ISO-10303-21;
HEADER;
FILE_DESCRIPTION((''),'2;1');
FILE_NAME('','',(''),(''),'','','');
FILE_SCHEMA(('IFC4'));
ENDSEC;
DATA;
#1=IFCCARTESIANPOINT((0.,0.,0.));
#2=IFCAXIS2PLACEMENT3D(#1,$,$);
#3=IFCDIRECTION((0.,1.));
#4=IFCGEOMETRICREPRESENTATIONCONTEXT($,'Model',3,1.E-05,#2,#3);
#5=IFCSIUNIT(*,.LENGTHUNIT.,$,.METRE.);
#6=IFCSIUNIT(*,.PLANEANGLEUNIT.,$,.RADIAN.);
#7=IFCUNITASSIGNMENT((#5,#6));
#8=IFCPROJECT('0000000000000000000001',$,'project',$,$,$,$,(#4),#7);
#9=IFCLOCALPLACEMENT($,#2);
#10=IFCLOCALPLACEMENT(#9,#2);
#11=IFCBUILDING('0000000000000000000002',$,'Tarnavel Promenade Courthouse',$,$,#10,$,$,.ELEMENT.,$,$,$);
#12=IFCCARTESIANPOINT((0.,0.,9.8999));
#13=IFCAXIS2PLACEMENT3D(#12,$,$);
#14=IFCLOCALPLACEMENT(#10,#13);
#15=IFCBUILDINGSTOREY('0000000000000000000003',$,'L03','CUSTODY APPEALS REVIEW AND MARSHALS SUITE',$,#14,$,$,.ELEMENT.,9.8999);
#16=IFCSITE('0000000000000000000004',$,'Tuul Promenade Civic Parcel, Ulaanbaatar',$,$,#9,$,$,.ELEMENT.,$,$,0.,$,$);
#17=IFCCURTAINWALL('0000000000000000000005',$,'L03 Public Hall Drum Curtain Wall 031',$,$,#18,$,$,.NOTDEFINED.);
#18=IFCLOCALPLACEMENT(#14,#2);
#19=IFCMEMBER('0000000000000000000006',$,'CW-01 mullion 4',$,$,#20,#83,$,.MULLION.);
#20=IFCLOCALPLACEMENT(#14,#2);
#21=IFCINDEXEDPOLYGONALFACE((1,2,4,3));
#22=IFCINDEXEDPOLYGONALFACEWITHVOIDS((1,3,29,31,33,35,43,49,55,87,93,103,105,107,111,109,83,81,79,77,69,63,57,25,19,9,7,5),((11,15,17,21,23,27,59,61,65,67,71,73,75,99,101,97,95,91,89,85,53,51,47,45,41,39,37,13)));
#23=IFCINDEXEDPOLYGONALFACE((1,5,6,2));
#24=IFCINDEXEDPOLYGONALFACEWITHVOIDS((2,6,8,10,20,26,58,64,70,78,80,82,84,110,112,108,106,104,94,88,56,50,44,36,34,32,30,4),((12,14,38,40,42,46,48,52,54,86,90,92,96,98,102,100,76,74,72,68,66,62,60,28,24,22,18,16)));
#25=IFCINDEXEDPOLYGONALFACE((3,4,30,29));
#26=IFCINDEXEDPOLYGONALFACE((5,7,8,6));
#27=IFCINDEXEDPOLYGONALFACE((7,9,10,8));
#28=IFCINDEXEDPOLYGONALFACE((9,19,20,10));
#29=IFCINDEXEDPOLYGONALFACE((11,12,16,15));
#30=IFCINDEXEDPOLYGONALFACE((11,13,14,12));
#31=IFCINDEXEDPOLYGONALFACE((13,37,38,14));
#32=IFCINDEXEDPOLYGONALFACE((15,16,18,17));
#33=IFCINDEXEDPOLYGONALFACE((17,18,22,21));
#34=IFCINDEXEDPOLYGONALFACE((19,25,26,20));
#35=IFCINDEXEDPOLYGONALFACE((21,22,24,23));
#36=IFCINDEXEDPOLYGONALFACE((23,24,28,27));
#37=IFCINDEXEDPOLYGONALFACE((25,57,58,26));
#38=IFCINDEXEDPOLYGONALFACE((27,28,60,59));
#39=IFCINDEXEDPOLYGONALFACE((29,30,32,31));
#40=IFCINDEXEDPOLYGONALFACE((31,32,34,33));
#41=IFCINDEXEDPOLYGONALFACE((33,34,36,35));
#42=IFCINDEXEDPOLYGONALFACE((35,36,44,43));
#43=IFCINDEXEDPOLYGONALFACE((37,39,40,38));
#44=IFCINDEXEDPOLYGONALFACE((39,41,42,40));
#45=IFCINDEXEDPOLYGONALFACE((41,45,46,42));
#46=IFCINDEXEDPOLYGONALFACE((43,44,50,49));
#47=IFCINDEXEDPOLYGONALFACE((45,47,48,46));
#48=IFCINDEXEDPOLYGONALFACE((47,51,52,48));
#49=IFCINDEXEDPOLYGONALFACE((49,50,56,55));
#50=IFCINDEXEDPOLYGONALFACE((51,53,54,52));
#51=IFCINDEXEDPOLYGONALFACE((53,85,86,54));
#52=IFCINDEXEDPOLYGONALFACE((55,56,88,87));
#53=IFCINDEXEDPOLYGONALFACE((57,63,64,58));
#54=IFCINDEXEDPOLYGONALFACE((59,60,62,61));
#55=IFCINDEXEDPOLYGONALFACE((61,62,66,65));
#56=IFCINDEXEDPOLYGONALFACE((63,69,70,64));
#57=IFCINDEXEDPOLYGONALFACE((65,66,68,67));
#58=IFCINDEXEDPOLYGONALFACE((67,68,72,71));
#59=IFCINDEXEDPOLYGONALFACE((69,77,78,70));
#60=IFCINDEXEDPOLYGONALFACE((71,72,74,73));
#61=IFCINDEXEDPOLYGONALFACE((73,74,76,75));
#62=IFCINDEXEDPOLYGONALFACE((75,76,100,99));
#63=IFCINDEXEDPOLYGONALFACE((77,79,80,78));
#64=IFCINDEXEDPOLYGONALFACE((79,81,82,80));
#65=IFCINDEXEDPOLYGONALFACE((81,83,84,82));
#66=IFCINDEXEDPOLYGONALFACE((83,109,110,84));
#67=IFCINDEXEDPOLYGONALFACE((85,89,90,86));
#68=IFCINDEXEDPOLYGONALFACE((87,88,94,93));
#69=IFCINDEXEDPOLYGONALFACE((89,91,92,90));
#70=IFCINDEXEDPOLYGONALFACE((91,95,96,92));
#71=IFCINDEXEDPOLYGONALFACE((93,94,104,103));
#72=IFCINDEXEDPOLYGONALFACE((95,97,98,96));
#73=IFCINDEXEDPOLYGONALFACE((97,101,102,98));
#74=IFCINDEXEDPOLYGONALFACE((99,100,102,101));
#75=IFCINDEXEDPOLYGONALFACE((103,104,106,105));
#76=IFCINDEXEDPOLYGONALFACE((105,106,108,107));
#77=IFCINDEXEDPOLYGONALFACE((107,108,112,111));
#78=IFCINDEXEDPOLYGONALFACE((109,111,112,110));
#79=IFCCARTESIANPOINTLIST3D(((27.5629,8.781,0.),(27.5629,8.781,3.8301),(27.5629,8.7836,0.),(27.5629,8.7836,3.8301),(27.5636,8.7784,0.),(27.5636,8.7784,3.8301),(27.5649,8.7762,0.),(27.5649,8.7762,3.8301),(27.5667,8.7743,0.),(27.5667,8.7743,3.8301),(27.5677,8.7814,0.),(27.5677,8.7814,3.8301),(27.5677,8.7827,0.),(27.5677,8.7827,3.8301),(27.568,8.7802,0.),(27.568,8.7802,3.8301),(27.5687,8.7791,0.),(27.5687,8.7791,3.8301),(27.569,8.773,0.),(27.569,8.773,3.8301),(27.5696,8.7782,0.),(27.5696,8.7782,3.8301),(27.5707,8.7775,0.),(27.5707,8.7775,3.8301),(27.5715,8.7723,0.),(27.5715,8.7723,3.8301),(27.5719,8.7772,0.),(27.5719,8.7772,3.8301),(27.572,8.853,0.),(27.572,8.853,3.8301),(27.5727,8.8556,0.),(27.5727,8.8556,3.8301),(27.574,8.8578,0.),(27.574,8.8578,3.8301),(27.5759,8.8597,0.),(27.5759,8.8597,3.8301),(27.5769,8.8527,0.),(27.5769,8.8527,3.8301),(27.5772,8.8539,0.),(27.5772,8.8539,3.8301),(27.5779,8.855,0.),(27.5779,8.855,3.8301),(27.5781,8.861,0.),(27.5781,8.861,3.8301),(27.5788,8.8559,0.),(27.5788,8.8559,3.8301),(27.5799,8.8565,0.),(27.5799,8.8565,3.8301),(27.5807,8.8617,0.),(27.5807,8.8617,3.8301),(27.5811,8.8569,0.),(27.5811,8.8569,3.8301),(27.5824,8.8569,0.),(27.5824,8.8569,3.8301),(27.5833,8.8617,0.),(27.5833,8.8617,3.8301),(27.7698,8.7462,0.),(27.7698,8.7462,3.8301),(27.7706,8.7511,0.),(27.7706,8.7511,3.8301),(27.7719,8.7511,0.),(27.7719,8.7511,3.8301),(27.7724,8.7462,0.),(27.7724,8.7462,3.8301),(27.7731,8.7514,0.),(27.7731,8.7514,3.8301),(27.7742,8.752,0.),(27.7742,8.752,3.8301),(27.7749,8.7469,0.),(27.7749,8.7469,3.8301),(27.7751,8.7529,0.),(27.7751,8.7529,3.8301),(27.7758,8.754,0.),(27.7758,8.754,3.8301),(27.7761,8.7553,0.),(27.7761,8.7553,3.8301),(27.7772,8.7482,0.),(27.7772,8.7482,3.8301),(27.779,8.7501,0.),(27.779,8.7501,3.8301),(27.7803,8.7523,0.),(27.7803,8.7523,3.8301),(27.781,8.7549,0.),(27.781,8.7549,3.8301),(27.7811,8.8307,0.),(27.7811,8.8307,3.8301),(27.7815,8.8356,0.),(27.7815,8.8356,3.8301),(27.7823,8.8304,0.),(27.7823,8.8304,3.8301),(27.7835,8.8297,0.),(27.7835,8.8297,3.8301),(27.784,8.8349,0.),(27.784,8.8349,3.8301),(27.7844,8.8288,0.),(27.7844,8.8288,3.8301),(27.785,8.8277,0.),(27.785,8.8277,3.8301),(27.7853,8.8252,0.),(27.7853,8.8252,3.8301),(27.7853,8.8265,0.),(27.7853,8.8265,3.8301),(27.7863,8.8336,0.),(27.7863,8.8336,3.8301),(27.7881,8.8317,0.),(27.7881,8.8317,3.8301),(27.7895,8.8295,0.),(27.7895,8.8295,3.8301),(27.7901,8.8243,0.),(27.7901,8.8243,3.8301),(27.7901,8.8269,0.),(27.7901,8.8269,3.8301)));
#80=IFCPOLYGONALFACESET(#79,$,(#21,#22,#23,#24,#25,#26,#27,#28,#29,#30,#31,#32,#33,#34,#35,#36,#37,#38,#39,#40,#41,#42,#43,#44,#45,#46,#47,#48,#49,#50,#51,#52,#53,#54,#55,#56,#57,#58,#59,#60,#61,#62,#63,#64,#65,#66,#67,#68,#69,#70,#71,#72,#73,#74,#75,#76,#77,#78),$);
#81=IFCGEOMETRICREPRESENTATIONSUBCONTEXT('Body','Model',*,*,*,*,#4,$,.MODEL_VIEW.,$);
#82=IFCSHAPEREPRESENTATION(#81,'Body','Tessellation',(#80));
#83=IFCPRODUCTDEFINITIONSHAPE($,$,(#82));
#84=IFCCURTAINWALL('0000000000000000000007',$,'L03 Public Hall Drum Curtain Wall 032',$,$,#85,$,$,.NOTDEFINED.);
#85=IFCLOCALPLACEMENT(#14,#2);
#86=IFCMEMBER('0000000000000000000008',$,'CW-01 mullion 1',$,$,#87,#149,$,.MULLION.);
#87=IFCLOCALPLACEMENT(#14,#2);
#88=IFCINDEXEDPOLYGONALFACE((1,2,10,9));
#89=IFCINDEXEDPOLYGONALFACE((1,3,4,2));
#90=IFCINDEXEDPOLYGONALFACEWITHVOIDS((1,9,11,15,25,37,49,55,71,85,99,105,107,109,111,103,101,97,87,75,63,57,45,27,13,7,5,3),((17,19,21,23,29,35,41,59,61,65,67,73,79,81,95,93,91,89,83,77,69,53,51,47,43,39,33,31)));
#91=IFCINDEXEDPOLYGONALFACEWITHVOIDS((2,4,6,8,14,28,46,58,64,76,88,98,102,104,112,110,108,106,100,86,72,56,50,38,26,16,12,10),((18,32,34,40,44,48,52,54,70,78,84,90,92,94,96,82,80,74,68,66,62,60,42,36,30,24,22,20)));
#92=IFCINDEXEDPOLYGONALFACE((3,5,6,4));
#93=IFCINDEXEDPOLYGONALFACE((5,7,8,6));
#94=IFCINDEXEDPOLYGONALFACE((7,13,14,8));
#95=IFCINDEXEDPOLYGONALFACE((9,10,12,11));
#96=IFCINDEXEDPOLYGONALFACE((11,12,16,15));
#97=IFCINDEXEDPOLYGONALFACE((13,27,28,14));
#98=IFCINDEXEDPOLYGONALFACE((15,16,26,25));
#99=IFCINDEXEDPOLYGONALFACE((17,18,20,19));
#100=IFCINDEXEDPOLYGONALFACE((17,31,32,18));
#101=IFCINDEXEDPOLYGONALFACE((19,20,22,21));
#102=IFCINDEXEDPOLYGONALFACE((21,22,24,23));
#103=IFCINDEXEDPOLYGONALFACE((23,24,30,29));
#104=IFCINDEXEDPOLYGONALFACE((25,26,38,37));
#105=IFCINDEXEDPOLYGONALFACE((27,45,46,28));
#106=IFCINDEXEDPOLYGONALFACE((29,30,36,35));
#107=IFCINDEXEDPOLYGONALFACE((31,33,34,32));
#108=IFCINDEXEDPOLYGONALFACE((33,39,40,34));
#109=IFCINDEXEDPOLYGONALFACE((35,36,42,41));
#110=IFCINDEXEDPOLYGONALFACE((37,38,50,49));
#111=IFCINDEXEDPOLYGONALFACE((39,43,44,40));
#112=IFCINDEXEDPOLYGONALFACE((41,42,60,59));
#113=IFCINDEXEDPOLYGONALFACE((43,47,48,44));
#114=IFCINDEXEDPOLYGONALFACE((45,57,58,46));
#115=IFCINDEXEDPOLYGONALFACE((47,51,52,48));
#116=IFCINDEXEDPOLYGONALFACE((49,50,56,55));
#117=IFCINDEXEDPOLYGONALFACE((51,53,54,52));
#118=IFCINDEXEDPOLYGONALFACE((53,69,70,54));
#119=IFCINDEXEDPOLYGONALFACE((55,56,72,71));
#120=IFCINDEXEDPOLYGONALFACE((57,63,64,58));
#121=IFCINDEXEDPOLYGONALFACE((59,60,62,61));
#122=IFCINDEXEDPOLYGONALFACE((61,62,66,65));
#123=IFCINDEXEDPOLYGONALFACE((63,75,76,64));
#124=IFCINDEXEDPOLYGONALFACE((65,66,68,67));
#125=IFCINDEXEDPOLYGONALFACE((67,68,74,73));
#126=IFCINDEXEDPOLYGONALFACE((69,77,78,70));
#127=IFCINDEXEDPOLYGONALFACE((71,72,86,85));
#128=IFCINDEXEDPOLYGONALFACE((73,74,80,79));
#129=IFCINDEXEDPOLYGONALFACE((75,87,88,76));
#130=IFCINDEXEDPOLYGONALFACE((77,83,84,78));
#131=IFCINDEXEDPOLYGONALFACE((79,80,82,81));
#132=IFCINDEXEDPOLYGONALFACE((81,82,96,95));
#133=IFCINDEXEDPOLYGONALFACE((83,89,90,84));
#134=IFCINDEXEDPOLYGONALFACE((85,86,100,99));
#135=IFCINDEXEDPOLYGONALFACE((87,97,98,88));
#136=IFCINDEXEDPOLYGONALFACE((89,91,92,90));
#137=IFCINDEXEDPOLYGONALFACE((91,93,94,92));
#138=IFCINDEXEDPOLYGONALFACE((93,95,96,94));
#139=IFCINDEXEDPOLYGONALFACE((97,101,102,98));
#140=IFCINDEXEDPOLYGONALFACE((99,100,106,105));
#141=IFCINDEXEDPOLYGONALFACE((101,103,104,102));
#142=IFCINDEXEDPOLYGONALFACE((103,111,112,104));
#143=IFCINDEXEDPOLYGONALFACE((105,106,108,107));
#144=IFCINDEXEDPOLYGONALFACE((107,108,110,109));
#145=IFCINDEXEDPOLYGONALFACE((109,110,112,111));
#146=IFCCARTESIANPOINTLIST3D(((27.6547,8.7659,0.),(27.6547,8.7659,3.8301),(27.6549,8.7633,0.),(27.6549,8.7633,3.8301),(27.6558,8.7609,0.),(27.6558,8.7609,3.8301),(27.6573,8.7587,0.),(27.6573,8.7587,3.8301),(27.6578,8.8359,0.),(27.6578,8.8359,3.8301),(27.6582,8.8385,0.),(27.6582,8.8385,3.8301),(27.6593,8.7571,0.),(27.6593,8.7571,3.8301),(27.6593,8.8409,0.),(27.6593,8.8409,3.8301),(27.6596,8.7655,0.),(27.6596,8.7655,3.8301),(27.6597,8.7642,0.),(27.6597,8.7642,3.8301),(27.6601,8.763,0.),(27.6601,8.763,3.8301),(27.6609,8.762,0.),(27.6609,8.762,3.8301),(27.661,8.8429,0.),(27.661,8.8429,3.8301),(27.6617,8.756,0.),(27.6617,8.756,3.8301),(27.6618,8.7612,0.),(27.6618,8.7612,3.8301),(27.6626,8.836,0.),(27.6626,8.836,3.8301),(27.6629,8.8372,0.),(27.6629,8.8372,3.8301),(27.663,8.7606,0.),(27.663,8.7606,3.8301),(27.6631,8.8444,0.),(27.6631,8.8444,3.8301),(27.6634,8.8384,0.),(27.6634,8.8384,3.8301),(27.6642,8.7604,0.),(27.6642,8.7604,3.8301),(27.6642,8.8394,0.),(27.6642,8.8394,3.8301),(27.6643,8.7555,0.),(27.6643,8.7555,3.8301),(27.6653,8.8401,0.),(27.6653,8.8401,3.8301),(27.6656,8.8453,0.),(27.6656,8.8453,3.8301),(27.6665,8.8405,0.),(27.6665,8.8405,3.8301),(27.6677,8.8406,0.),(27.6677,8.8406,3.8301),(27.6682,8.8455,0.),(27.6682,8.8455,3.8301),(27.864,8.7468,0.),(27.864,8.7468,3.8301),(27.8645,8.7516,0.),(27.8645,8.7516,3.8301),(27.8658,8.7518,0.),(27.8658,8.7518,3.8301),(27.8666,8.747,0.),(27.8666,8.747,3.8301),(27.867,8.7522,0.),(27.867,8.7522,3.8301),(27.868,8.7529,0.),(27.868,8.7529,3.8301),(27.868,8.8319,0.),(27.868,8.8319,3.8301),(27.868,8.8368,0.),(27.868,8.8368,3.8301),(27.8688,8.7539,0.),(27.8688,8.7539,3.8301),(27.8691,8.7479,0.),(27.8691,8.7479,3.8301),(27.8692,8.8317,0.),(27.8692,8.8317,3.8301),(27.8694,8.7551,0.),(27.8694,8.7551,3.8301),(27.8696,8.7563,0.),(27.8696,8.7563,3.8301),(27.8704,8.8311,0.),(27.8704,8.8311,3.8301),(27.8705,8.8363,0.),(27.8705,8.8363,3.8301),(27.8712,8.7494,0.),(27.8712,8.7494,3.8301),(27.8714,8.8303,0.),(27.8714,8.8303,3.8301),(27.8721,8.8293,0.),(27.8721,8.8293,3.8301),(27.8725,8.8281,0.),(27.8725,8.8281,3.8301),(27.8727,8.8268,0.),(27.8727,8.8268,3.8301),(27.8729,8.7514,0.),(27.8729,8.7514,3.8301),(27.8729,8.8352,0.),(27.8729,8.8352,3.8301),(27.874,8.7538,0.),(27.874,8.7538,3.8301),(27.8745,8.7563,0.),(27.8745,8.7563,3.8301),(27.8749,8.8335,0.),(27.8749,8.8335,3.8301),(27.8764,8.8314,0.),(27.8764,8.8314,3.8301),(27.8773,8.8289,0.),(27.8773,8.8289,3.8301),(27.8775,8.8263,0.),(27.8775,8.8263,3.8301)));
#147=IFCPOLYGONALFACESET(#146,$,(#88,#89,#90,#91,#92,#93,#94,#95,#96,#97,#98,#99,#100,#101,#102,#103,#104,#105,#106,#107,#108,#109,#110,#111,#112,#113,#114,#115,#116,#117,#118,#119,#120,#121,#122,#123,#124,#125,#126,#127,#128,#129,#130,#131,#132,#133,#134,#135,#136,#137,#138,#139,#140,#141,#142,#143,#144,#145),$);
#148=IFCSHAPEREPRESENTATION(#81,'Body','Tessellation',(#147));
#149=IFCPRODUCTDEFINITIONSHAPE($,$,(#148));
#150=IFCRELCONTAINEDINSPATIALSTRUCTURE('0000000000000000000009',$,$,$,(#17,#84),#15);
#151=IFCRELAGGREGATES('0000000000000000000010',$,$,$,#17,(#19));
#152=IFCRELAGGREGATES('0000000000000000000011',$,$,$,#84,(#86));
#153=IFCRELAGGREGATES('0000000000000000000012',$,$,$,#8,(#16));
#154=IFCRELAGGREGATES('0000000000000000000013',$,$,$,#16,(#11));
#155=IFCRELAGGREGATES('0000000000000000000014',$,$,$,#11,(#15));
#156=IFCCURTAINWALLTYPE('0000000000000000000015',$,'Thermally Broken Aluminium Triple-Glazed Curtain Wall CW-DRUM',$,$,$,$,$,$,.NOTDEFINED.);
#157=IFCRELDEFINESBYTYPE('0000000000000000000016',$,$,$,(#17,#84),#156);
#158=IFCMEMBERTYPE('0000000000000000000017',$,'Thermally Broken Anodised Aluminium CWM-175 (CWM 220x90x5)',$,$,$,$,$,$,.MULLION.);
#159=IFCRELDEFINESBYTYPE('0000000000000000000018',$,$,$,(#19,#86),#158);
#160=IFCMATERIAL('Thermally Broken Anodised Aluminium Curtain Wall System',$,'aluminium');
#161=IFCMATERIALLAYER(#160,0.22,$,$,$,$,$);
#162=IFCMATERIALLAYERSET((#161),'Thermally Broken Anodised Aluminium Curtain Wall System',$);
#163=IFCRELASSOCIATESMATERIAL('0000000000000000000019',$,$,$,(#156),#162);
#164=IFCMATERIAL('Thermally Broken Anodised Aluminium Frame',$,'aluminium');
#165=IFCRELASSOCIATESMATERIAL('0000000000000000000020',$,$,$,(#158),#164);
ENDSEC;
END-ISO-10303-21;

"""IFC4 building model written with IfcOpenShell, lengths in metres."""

from ifc_helpers import new_model, si_unit, direction, frame, origin, origin_2d, place, context, subcontext, project, spatial, hollow_rectangle, extrude, material, layer, layer_set, material_profile, profile_set, type_object, element, aggregate, save


model = new_model("IFC4")

# Units and contexts
model_context = context("Model", 3, precision=1e-05, world=origin(), true_north=direction((0.0, 1.0)))
body_context = subcontext(model_context, "Body", "Model", "MODEL_VIEW")
ifc_project = project(units=[si_unit("LENGTHUNIT", "METRE"), si_unit("PLANEANGLEUNIT", "RADIAN")], contexts=[model_context])

# Site, building, storey
site_placement = place(None, origin())
site = spatial("IfcSite", under=ifc_project, at=site_placement, Name="Tuul Promenade Civic Parcel, Ulaanbaatar", CompositionType="ELEMENT", RefElevation=0.0)
building_placement = place(site_placement, origin())
building = spatial("IfcBuilding", under=site, at=building_placement, Name="Tarnavel Promenade Courthouse", CompositionType="ELEMENT")
storey_placement = place(building_placement, frame((0.0, 0.0, 9.8999)))
storey = spatial("IfcBuildingStorey", under=building, at=storey_placement, Name="L03", Description="CUSTODY APPEALS REVIEW AND MARSHALS SUITE", CompositionType="ELEMENT", Elevation=9.8999)

# Curtain wall, member
ifc_material_1 = material(Name="Thermally Broken Anodised Aluminium Curtain Wall System", Category="aluminium")
ifc_layer_1 = layer(ifc_material_1, 0.22)
ifc_layer_set_1 = layer_set([ifc_layer_1], Name="Thermally Broken Anodised Aluminium Curtain Wall System")
curtain_wall_type = type_object("IfcCurtainWallType", Name="Thermally Broken Aluminium Triple-Glazed Curtain Wall CW-DRUM", PredefinedType="NOTDEFINED", material=ifc_layer_set_1)
curtain_wall_1_placement = place(storey_placement, origin())
curtain_wall_1 = element("IfcCurtainWall", 1, at=curtain_wall_1_placement, inside=storey, type_object=curtain_wall_type, Name="L03 Public Hall Drum Curtain Wall 031", PredefinedType="NOTDEFINED")
ifc_material_2 = material(Name="Thermally Broken Anodised Aluminium Frame", Category="aluminium")
ifc_material_profile_1 = material_profile(ifc_material_2, hollow_rectangle(XDim=0.0901, YDim=0.22, WallThickness=0.0049, InnerFilletRadius=0.0049, OuterFilletRadius=0.01, at=origin_2d()), Name="CWM 220x90x5")
ifc_profile_set_1 = profile_set([ifc_material_profile_1], Name="Thermally Broken Anodised Aluminium Frame")
member_type_1 = type_object("IfcMemberType", Name="Thermally Broken Anodised Aluminium CWM-175 (CWM 220x90x5)", PredefinedType="MULLION", material=ifc_profile_set_1)
member_1_placement = place(storey_placement, frame((27.6765, 8.804, 0.0), z_axis=(0.0, 0.0, 1.0), x_axis=(0.130527, 0.991445, 0.0)))
member_1 = element("IfcMember", 2, at=member_1_placement, type_object=member_type_1, Name="CW-01 mullion 4", PredefinedType="MULLION", context=body_context, shape_type="SweptSolid", body=[
    extrude(hollow_rectangle(XDim=0.0901, YDim=0.22, WallThickness=0.0049, InnerFilletRadius=0.0049, OuterFilletRadius=0.01, at=origin_2d()), origin(), (0.0, 0.0, 1.0), 3.8301),
])

# Curtain wall, member
curtain_wall_2_placement = place(storey_placement, origin())
curtain_wall_2 = element("IfcCurtainWall", 3, at=curtain_wall_2_placement, inside=storey, type_object=curtain_wall_type, Name="L03 Public Hall Drum Curtain Wall 032", PredefinedType="NOTDEFINED")
member_2_placement = place(storey_placement, frame((27.7661, 8.7961, 0.0), z_axis=(0.0, 0.0, 1.0), x_axis=(0.043619, 0.999048, 0.0)))
member_2 = element("IfcMember", 4, at=member_2_placement, type_object=member_type_1, Name="CW-01 mullion 1", PredefinedType="MULLION", context=body_context, shape_type="SweptSolid", body=[
    extrude(hollow_rectangle(XDim=0.0901, YDim=0.22, WallThickness=0.0049, InnerFilletRadius=0.0049, OuterFilletRadius=0.01, at=origin_2d()), origin(), (0.0, 0.0, 1.0), 3.8301),
])

aggregate(curtain_wall_1, [member_1])
aggregate(curtain_wall_2, [member_2])

save(model, "model.ifc")
